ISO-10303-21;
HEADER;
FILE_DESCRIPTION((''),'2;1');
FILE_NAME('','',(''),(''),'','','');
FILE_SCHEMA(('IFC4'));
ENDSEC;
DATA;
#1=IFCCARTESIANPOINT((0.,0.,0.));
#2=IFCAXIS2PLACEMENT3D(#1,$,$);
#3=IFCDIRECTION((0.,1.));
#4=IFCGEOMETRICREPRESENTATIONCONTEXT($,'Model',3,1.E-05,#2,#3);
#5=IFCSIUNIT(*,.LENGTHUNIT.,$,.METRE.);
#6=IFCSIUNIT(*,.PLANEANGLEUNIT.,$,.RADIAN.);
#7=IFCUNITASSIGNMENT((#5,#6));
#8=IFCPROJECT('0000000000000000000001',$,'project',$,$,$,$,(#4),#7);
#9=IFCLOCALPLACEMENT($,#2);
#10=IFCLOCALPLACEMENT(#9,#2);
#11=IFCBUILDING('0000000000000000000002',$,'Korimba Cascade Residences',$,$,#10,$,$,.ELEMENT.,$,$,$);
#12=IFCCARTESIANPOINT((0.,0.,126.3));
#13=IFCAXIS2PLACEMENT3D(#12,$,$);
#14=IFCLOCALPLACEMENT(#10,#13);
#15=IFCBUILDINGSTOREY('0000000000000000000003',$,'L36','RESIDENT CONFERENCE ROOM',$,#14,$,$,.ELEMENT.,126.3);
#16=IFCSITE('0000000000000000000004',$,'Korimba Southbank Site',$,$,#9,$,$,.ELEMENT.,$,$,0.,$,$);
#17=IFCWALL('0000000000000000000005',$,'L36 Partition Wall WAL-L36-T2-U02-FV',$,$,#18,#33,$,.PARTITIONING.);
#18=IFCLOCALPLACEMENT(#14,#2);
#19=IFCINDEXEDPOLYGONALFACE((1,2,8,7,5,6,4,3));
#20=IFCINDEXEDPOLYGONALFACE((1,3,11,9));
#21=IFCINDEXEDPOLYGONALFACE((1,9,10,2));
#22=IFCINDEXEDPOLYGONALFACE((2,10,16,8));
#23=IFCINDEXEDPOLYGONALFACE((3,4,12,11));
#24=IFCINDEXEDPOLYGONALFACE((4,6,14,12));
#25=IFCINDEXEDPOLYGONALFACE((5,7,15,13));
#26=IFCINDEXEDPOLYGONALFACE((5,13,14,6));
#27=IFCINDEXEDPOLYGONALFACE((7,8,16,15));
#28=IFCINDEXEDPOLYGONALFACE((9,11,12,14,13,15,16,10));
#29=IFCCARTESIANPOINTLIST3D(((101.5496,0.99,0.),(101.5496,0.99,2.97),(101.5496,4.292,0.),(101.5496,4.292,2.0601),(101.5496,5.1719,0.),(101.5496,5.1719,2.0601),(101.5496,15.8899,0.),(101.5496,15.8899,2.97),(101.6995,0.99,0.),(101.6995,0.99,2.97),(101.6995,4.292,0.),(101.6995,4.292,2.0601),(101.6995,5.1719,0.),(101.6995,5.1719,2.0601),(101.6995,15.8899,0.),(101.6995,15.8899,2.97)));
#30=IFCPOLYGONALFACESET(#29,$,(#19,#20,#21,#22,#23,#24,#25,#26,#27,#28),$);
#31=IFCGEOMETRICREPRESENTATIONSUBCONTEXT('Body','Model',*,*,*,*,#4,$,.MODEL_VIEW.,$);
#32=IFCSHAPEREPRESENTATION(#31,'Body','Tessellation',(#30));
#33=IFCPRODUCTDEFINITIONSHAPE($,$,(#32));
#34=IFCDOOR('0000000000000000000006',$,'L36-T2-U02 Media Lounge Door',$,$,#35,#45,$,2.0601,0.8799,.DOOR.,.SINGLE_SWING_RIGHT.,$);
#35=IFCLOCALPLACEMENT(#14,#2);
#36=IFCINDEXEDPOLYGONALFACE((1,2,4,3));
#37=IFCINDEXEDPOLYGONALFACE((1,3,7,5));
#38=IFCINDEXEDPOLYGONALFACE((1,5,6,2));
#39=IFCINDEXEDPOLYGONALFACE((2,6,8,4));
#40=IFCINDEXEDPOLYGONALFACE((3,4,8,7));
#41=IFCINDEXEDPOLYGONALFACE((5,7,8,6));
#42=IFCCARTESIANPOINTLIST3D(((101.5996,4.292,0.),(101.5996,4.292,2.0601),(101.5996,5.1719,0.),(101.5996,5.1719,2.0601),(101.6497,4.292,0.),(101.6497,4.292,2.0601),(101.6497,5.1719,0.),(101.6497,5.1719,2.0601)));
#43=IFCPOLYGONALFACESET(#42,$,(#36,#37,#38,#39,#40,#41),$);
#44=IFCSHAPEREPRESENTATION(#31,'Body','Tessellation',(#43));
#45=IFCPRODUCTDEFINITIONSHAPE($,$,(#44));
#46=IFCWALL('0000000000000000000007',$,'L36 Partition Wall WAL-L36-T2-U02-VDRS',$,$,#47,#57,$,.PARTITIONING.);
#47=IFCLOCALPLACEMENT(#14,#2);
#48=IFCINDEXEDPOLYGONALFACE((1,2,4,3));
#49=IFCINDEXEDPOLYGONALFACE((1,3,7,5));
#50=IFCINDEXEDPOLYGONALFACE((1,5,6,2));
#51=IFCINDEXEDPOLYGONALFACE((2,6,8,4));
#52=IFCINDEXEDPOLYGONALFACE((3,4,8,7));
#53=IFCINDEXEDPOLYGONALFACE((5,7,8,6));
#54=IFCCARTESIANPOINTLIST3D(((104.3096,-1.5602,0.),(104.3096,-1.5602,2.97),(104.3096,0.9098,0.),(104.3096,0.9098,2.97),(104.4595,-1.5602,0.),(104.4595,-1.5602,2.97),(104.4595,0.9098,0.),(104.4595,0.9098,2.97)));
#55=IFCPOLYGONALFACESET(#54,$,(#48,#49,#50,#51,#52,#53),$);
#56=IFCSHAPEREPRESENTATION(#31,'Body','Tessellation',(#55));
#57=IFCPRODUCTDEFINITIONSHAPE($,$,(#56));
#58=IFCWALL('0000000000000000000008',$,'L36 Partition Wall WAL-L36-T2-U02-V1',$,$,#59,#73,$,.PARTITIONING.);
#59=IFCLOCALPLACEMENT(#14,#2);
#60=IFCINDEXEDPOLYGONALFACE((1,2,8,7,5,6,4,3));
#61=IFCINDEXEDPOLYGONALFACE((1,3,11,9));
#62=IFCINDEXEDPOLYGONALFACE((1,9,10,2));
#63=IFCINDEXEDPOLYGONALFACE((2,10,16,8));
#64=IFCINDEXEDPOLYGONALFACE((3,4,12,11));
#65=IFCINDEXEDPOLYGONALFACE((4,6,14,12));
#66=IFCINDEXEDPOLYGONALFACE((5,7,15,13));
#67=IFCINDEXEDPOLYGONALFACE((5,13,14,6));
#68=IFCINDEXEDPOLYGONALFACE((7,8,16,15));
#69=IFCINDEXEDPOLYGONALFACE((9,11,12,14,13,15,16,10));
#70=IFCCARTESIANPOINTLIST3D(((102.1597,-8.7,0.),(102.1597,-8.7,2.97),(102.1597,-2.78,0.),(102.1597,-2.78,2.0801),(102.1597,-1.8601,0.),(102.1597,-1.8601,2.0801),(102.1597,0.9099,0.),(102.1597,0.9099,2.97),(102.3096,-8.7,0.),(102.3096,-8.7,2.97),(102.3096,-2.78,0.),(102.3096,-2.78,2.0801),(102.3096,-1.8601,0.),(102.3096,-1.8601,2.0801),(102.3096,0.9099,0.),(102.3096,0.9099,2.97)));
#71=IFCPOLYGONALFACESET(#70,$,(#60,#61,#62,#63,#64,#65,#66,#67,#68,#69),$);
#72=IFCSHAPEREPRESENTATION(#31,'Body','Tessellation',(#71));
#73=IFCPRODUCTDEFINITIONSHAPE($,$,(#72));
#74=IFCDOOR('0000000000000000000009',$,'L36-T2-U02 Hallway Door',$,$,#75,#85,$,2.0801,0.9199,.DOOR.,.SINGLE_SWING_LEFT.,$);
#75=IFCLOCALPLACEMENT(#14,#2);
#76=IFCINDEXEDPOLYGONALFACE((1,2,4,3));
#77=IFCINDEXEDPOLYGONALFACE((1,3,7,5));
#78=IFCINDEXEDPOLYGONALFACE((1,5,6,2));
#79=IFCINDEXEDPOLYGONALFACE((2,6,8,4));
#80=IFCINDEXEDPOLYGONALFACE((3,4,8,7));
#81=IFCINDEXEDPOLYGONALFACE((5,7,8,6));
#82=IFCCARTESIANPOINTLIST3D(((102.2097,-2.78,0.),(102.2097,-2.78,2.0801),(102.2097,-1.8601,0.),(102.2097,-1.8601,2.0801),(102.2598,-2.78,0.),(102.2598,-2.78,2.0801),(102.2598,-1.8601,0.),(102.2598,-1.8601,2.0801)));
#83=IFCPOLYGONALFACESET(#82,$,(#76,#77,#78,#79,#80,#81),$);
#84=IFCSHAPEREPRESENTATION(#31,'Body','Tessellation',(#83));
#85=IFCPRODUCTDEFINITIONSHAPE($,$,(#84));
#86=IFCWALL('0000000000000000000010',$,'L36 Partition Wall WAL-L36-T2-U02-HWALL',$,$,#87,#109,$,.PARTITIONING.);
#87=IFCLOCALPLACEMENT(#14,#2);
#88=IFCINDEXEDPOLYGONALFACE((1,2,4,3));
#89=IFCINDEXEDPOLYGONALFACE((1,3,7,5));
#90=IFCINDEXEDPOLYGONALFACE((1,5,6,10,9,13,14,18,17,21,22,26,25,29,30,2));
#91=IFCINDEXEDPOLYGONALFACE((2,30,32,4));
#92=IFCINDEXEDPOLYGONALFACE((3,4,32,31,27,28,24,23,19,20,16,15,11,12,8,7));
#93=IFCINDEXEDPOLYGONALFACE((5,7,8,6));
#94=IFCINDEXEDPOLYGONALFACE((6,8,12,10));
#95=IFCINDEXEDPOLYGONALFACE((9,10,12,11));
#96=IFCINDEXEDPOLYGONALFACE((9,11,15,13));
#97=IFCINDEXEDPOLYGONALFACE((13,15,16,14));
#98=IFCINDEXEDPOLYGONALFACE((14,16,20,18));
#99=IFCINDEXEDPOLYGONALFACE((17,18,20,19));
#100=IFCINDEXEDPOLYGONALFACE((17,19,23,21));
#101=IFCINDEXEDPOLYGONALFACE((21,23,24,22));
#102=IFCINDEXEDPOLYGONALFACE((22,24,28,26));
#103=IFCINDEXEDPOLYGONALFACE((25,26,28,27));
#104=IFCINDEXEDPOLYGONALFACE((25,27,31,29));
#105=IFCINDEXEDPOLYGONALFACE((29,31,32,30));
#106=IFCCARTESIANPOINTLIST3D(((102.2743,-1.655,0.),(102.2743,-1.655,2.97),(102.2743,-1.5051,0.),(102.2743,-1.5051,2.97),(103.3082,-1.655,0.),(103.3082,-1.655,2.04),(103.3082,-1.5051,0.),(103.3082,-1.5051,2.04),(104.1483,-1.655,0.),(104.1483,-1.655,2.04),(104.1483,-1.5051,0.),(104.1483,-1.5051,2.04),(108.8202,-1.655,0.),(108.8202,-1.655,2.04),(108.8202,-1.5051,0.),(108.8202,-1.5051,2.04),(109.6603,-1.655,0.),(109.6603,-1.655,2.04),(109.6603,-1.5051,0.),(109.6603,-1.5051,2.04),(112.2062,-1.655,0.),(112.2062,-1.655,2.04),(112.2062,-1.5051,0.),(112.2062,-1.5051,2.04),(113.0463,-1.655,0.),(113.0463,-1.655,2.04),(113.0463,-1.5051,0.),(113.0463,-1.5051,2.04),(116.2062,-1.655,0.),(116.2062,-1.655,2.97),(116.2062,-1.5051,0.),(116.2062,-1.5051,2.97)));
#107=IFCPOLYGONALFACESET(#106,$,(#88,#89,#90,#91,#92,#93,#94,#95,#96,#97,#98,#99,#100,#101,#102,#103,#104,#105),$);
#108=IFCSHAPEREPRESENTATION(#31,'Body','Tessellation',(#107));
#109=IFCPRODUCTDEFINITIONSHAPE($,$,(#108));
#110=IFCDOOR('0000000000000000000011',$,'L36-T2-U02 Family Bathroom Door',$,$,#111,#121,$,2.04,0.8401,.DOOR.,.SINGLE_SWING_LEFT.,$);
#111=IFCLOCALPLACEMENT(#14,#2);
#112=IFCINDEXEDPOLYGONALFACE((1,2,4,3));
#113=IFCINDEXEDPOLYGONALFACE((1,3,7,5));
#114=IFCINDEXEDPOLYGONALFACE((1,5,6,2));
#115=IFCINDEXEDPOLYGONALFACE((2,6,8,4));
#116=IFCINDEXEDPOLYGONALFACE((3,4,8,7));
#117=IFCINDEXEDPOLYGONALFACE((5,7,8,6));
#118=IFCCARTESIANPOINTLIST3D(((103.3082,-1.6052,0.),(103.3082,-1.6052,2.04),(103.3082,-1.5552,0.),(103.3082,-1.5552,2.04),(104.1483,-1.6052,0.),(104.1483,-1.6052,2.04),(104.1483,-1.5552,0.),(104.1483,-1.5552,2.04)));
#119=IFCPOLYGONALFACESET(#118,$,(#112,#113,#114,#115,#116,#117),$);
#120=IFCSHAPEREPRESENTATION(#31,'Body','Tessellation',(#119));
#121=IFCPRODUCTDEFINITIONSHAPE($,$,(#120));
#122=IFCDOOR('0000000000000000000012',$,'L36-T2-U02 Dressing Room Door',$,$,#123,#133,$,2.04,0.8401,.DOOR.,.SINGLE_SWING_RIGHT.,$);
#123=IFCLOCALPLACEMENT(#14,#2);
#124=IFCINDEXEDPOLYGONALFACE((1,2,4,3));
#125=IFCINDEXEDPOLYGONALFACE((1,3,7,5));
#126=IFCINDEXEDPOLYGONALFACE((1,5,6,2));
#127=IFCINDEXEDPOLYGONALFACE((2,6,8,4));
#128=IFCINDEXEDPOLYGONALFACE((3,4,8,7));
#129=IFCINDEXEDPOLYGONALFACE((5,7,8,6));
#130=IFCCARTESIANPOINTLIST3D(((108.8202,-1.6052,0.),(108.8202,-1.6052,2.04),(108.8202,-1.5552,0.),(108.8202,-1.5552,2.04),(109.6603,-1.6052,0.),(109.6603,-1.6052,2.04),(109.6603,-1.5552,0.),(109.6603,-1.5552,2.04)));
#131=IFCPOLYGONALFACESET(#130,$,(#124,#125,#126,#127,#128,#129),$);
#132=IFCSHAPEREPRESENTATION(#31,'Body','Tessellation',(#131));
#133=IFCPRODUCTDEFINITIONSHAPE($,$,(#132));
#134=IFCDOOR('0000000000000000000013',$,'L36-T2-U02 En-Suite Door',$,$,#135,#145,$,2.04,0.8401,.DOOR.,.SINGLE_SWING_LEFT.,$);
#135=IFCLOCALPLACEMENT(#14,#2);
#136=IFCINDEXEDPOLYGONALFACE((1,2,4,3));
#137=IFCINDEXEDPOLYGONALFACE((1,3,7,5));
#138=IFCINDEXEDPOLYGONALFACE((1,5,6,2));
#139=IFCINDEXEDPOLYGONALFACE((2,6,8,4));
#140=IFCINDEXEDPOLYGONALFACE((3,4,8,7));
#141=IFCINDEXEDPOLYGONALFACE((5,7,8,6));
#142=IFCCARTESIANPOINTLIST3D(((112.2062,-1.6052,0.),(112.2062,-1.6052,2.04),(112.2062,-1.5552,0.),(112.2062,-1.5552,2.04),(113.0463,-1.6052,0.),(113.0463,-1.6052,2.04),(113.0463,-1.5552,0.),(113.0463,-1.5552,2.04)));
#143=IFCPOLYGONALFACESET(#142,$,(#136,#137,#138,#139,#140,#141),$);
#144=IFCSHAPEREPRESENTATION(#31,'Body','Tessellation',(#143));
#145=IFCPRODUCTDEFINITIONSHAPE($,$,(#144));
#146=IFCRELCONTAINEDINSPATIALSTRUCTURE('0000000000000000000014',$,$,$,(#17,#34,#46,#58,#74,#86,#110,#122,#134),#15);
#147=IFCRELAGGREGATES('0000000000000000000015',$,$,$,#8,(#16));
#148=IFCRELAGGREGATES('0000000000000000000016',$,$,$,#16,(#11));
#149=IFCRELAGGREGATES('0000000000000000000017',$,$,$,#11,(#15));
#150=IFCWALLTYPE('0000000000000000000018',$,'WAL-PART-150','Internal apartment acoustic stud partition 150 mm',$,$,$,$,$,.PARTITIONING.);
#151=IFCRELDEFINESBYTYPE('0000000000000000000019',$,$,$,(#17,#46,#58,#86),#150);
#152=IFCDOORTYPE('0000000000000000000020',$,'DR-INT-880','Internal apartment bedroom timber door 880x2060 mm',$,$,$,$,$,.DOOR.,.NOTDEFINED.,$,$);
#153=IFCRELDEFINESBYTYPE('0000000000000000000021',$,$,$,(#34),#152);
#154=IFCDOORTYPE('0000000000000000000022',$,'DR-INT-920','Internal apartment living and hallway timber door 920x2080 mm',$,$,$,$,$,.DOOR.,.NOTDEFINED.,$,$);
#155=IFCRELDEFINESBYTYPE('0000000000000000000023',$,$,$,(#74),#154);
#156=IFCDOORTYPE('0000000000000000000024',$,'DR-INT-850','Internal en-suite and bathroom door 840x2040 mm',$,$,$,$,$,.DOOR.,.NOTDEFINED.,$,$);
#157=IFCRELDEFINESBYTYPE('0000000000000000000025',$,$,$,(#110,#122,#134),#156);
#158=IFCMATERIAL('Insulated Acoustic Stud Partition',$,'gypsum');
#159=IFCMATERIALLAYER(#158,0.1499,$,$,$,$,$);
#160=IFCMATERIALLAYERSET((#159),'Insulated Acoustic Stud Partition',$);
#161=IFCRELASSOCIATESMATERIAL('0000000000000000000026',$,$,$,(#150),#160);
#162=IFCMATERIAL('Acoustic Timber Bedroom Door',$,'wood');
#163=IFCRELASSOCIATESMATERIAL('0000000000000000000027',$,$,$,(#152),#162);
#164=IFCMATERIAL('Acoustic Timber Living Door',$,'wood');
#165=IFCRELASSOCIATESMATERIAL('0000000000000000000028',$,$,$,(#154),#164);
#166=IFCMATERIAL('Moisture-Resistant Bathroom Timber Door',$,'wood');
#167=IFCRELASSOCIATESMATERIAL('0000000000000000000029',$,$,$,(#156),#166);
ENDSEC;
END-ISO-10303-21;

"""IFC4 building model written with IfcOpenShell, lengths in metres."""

from ifc_helpers import new_model, si_unit, direction, frame, frame_2d, origin, place, context, subcontext, project, spatial, rectangle, extrude, material, layer, layer_set, type_object, element, fill, save


model = new_model("IFC4")

# Units and contexts
model_context = context("Model", 3, precision=1e-05, world=origin(), true_north=direction((0.0, 1.0)))
body_context = subcontext(model_context, "Body", "Model", "MODEL_VIEW")
ifc_project = project(units=[si_unit("LENGTHUNIT", "METRE"), si_unit("PLANEANGLEUNIT", "RADIAN")], contexts=[model_context])

# Site, building, storey
site_placement = place(None, origin())
site = spatial("IfcSite", under=ifc_project, at=site_placement, Name="Korimba Southbank Site", CompositionType="ELEMENT", RefElevation=0.0)
building_placement = place(site_placement, origin())
building = spatial("IfcBuilding", under=site, at=building_placement, Name="Korimba Cascade Residences", CompositionType="ELEMENT")
storey_placement = place(building_placement, frame((0.0, 0.0, 126.3)))
storey = spatial("IfcBuildingStorey", under=building, at=storey_placement, Name="L36", Description="RESIDENT CONFERENCE ROOM", CompositionType="ELEMENT", Elevation=126.3)

# Wall, opening, door
ifc_material_1 = material(Name="Insulated Acoustic Stud Partition", Category="gypsum")
ifc_layer = layer(ifc_material_1, 0.1499)
ifc_layer_set = layer_set([ifc_layer], Name="Insulated Acoustic Stud Partition")
wall_type = type_object("IfcWallType", Name="WAL-PART-150", Description="Internal apartment acoustic stud partition 150 mm", PredefinedType="PARTITIONING", material=ifc_layer_set)
wall_1_placement = place(storey_placement, frame((101.6245, 0.99, 0.0), z_axis=(0.0, 0.0, 1.0), x_axis=(0.0, 1.0, 0.0)))
wall_1 = element("IfcWall", 1, at=wall_1_placement, inside=storey, type_object=wall_type, Name="L36 Partition Wall WAL-L36-T2-U02-FV", PredefinedType="PARTITIONING", context=body_context, shape_type="SweptSolid", body=[
    extrude(rectangle(XDim=14.8999, YDim=0.1499, at=frame_2d((7.45, 0.0))), origin(), (0.0, 0.0, 1.0), 2.97),
])
opening_1_placement = place(wall_1_placement, frame((3.302, 0.0, 0.0)))
opening_1 = element("IfcOpeningElement", 2, at=opening_1_placement, cuts=wall_1, PredefinedType="OPENING", context=body_context, shape_type="SweptSolid", body=[
    extrude(rectangle(XDim=0.8799, YDim=2.0601, at=frame_2d((0.4399, 1.03))), frame((0.0, 0.085, 0.0), z_axis=(0.0, -1.0, 0.0), x_axis=(1.0, 0.0, 0.0)), (0.0, 0.0, 1.0), 0.1699),
])
ifc_material_2 = material(Name="Acoustic Timber Bedroom Door", Category="wood")
door_type_1 = type_object("IfcDoorType", Name="DR-INT-880", Description="Internal apartment bedroom timber door 880x2060 mm", OperationType="NOTDEFINED", PredefinedType="DOOR", material=ifc_material_2)
door_1_placement = place(opening_1_placement, origin())
door_1 = element("IfcDoor", 3, at=door_1_placement, inside=storey, type_object=door_type_1, Name="L36-T2-U02 Media Lounge Door", OperationType="SINGLE_SWING_RIGHT", OverallHeight=2.0601, OverallWidth=0.8799, PredefinedType="DOOR", context=body_context, shape_type="SweptSolid", body=[
    extrude(rectangle(XDim=0.8799, YDim=2.0601, at=frame_2d((0.4399, 1.03))), frame((0.0, 0.0249, 0.0), z_axis=(0.0, -1.0, 0.0), x_axis=(1.0, 0.0, 0.0)), (0.0, 0.0, 1.0), 0.05),
])
fill(opening_1, door_1)

# Wall
wall_2_placement = place(storey_placement, frame((104.3845, -1.5601, 0.0), z_axis=(0.0, 0.0, 1.0), x_axis=(0.0, 1.0, 0.0)))
element("IfcWall", 4, at=wall_2_placement, inside=storey, type_object=wall_type, Name="L36 Partition Wall WAL-L36-T2-U02-VDRS", PredefinedType="PARTITIONING", context=body_context, shape_type="SweptSolid", body=[
    extrude(rectangle(XDim=2.47, YDim=0.1499, at=frame_2d((1.2349, 0.0))), origin(), (0.0, 0.0, 1.0), 2.97),
])

# Wall, opening, door
wall_3_placement = place(storey_placement, frame((102.2346, -8.7, 0.0), z_axis=(0.0, 0.0, 1.0), x_axis=(0.0, 1.0, 0.0)))
wall_3 = element("IfcWall", 5, at=wall_3_placement, inside=storey, type_object=wall_type, Name="L36 Partition Wall WAL-L36-T2-U02-V1", PredefinedType="PARTITIONING", context=body_context, shape_type="SweptSolid", body=[
    extrude(rectangle(XDim=9.6099, YDim=0.1499, at=frame_2d((4.8049, 0.0))), origin(), (0.0, 0.0, 1.0), 2.97),
])
opening_2_placement = place(wall_3_placement, frame((5.9199, 0.0, 0.0)))
opening_2 = element("IfcOpeningElement", 6, at=opening_2_placement, cuts=wall_3, PredefinedType="OPENING", context=body_context, shape_type="SweptSolid", body=[
    extrude(rectangle(XDim=0.9199, YDim=2.0801, at=frame_2d((0.46, 1.04))), frame((0.0, 0.085, 0.0), z_axis=(0.0, -1.0, 0.0), x_axis=(1.0, 0.0, 0.0)), (0.0, 0.0, 1.0), 0.1699),
])
ifc_material_3 = material(Name="Acoustic Timber Living Door", Category="wood")
door_type_2 = type_object("IfcDoorType", Name="DR-INT-920", Description="Internal apartment living and hallway timber door 920x2080 mm", OperationType="NOTDEFINED", PredefinedType="DOOR", material=ifc_material_3)
door_2_placement = place(opening_2_placement, origin())
door_2 = element("IfcDoor", 7, at=door_2_placement, inside=storey, type_object=door_type_2, Name="L36-T2-U02 Hallway Door", OperationType="SINGLE_SWING_LEFT", OverallHeight=2.0801, OverallWidth=0.9199, PredefinedType="DOOR", context=body_context, shape_type="SweptSolid", body=[
    extrude(rectangle(XDim=0.9199, YDim=2.0801, at=frame_2d((0.46, 1.04))), frame((0.0, 0.0249, 0.0), z_axis=(0.0, -1.0, 0.0), x_axis=(1.0, 0.0, 0.0)), (0.0, 0.0, 1.0), 0.05),
])
fill(opening_2, door_2)

# Wall, openings, doors
wall_4_placement = place(storey_placement, frame((102.2744, -1.5801, 0.0), z_axis=(0.0, 0.0, 1.0), x_axis=(1.0, 0.0, 0.0)))
wall_4 = element("IfcWall", 8, at=wall_4_placement, inside=storey, type_object=wall_type, Name="L36 Partition Wall WAL-L36-T2-U02-HWALL", PredefinedType="PARTITIONING", context=body_context, shape_type="SweptSolid", body=[
    extrude(rectangle(XDim=13.9319, YDim=0.1499, at=frame_2d((6.9658, 0.0))), origin(), (0.0, 0.0, 1.0), 2.97),
])
opening_3_placement = place(wall_4_placement, frame((1.0339, 0.0, 0.0)))
opening_3 = element("IfcOpeningElement", 9, at=opening_3_placement, cuts=wall_4, PredefinedType="OPENING", context=body_context, shape_type="SweptSolid", body=[
    extrude(rectangle(XDim=0.8401, YDim=2.04, at=frame_2d((0.4199, 1.02))), frame((0.0, 0.085, 0.0), z_axis=(0.0, -1.0, 0.0), x_axis=(1.0, 0.0, 0.0)), (0.0, 0.0, 1.0), 0.1699),
])
opening_4_placement = place(wall_4_placement, frame((6.5459, 0.0, 0.0)))
opening_4 = element("IfcOpeningElement", 10, at=opening_4_placement, cuts=wall_4, PredefinedType="OPENING", context=body_context, shape_type="SweptSolid", body=[
    extrude(rectangle(XDim=0.8401, YDim=2.04, at=frame_2d((0.4199, 1.02))), frame((0.0, 0.085, 0.0), z_axis=(0.0, -1.0, 0.0), x_axis=(1.0, 0.0, 0.0)), (0.0, 0.0, 1.0), 0.1699),
])
opening_5_placement = place(wall_4_placement, frame((9.9319, 0.0, 0.0)))
opening_5 = element("IfcOpeningElement", 11, at=opening_5_placement, cuts=wall_4, PredefinedType="OPENING", context=body_context, shape_type="SweptSolid", body=[
    extrude(rectangle(XDim=0.8401, YDim=2.04, at=frame_2d((0.4199, 1.02))), frame((0.0, 0.085, 0.0), z_axis=(0.0, -1.0, 0.0), x_axis=(1.0, 0.0, 0.0)), (0.0, 0.0, 1.0), 0.1699),
])
ifc_material_4 = material(Name="Moisture-Resistant Bathroom Timber Door", Category="wood")
door_type_3 = type_object("IfcDoorType", Name="DR-INT-850", Description="Internal en-suite and bathroom door 840x2040 mm", OperationType="NOTDEFINED", PredefinedType="DOOR", material=ifc_material_4)
door_3_placement = place(opening_3_placement, origin())
door_3 = element("IfcDoor", 12, at=door_3_placement, inside=storey, type_object=door_type_3, Name="L36-T2-U02 Family Bathroom Door", OperationType="SINGLE_SWING_LEFT", OverallHeight=2.04, OverallWidth=0.8401, PredefinedType="DOOR", context=body_context, shape_type="SweptSolid", body=[
    extrude(rectangle(XDim=0.8401, YDim=2.04, at=frame_2d((0.4199, 1.02))), frame((0.0, 0.0249, 0.0), z_axis=(0.0, -1.0, 0.0), x_axis=(1.0, 0.0, 0.0)), (0.0, 0.0, 1.0), 0.05),
])
fill(opening_3, door_3)
door_4_placement = place(opening_4_placement, origin())
door_4 = element("IfcDoor", 13, at=door_4_placement, inside=storey, type_object=door_type_3, Name="L36-T2-U02 Dressing Room Door", OperationType="SINGLE_SWING_RIGHT", OverallHeight=2.04, OverallWidth=0.8401, PredefinedType="DOOR", context=body_context, shape_type="SweptSolid", body=[
    extrude(rectangle(XDim=0.8401, YDim=2.04, at=frame_2d((0.4199, 1.02))), frame((0.0, 0.0249, 0.0), z_axis=(0.0, -1.0, 0.0), x_axis=(1.0, 0.0, 0.0)), (0.0, 0.0, 1.0), 0.05),
])
fill(opening_4, door_4)
door_5_placement = place(opening_5_placement, origin())
door_5 = element("IfcDoor", 14, at=door_5_placement, inside=storey, type_object=door_type_3, Name="L36-T2-U02 En-Suite Door", OperationType="SINGLE_SWING_LEFT", OverallHeight=2.04, OverallWidth=0.8401, PredefinedType="DOOR", context=body_context, shape_type="SweptSolid", body=[
    extrude(rectangle(XDim=0.8401, YDim=2.04, at=frame_2d((0.4199, 1.02))), frame((0.0, 0.0249, 0.0), z_axis=(0.0, -1.0, 0.0), x_axis=(1.0, 0.0, 0.0)), (0.0, 0.0, 1.0), 0.05),
])
fill(opening_5, door_5)

save(model, "model.ifc")
